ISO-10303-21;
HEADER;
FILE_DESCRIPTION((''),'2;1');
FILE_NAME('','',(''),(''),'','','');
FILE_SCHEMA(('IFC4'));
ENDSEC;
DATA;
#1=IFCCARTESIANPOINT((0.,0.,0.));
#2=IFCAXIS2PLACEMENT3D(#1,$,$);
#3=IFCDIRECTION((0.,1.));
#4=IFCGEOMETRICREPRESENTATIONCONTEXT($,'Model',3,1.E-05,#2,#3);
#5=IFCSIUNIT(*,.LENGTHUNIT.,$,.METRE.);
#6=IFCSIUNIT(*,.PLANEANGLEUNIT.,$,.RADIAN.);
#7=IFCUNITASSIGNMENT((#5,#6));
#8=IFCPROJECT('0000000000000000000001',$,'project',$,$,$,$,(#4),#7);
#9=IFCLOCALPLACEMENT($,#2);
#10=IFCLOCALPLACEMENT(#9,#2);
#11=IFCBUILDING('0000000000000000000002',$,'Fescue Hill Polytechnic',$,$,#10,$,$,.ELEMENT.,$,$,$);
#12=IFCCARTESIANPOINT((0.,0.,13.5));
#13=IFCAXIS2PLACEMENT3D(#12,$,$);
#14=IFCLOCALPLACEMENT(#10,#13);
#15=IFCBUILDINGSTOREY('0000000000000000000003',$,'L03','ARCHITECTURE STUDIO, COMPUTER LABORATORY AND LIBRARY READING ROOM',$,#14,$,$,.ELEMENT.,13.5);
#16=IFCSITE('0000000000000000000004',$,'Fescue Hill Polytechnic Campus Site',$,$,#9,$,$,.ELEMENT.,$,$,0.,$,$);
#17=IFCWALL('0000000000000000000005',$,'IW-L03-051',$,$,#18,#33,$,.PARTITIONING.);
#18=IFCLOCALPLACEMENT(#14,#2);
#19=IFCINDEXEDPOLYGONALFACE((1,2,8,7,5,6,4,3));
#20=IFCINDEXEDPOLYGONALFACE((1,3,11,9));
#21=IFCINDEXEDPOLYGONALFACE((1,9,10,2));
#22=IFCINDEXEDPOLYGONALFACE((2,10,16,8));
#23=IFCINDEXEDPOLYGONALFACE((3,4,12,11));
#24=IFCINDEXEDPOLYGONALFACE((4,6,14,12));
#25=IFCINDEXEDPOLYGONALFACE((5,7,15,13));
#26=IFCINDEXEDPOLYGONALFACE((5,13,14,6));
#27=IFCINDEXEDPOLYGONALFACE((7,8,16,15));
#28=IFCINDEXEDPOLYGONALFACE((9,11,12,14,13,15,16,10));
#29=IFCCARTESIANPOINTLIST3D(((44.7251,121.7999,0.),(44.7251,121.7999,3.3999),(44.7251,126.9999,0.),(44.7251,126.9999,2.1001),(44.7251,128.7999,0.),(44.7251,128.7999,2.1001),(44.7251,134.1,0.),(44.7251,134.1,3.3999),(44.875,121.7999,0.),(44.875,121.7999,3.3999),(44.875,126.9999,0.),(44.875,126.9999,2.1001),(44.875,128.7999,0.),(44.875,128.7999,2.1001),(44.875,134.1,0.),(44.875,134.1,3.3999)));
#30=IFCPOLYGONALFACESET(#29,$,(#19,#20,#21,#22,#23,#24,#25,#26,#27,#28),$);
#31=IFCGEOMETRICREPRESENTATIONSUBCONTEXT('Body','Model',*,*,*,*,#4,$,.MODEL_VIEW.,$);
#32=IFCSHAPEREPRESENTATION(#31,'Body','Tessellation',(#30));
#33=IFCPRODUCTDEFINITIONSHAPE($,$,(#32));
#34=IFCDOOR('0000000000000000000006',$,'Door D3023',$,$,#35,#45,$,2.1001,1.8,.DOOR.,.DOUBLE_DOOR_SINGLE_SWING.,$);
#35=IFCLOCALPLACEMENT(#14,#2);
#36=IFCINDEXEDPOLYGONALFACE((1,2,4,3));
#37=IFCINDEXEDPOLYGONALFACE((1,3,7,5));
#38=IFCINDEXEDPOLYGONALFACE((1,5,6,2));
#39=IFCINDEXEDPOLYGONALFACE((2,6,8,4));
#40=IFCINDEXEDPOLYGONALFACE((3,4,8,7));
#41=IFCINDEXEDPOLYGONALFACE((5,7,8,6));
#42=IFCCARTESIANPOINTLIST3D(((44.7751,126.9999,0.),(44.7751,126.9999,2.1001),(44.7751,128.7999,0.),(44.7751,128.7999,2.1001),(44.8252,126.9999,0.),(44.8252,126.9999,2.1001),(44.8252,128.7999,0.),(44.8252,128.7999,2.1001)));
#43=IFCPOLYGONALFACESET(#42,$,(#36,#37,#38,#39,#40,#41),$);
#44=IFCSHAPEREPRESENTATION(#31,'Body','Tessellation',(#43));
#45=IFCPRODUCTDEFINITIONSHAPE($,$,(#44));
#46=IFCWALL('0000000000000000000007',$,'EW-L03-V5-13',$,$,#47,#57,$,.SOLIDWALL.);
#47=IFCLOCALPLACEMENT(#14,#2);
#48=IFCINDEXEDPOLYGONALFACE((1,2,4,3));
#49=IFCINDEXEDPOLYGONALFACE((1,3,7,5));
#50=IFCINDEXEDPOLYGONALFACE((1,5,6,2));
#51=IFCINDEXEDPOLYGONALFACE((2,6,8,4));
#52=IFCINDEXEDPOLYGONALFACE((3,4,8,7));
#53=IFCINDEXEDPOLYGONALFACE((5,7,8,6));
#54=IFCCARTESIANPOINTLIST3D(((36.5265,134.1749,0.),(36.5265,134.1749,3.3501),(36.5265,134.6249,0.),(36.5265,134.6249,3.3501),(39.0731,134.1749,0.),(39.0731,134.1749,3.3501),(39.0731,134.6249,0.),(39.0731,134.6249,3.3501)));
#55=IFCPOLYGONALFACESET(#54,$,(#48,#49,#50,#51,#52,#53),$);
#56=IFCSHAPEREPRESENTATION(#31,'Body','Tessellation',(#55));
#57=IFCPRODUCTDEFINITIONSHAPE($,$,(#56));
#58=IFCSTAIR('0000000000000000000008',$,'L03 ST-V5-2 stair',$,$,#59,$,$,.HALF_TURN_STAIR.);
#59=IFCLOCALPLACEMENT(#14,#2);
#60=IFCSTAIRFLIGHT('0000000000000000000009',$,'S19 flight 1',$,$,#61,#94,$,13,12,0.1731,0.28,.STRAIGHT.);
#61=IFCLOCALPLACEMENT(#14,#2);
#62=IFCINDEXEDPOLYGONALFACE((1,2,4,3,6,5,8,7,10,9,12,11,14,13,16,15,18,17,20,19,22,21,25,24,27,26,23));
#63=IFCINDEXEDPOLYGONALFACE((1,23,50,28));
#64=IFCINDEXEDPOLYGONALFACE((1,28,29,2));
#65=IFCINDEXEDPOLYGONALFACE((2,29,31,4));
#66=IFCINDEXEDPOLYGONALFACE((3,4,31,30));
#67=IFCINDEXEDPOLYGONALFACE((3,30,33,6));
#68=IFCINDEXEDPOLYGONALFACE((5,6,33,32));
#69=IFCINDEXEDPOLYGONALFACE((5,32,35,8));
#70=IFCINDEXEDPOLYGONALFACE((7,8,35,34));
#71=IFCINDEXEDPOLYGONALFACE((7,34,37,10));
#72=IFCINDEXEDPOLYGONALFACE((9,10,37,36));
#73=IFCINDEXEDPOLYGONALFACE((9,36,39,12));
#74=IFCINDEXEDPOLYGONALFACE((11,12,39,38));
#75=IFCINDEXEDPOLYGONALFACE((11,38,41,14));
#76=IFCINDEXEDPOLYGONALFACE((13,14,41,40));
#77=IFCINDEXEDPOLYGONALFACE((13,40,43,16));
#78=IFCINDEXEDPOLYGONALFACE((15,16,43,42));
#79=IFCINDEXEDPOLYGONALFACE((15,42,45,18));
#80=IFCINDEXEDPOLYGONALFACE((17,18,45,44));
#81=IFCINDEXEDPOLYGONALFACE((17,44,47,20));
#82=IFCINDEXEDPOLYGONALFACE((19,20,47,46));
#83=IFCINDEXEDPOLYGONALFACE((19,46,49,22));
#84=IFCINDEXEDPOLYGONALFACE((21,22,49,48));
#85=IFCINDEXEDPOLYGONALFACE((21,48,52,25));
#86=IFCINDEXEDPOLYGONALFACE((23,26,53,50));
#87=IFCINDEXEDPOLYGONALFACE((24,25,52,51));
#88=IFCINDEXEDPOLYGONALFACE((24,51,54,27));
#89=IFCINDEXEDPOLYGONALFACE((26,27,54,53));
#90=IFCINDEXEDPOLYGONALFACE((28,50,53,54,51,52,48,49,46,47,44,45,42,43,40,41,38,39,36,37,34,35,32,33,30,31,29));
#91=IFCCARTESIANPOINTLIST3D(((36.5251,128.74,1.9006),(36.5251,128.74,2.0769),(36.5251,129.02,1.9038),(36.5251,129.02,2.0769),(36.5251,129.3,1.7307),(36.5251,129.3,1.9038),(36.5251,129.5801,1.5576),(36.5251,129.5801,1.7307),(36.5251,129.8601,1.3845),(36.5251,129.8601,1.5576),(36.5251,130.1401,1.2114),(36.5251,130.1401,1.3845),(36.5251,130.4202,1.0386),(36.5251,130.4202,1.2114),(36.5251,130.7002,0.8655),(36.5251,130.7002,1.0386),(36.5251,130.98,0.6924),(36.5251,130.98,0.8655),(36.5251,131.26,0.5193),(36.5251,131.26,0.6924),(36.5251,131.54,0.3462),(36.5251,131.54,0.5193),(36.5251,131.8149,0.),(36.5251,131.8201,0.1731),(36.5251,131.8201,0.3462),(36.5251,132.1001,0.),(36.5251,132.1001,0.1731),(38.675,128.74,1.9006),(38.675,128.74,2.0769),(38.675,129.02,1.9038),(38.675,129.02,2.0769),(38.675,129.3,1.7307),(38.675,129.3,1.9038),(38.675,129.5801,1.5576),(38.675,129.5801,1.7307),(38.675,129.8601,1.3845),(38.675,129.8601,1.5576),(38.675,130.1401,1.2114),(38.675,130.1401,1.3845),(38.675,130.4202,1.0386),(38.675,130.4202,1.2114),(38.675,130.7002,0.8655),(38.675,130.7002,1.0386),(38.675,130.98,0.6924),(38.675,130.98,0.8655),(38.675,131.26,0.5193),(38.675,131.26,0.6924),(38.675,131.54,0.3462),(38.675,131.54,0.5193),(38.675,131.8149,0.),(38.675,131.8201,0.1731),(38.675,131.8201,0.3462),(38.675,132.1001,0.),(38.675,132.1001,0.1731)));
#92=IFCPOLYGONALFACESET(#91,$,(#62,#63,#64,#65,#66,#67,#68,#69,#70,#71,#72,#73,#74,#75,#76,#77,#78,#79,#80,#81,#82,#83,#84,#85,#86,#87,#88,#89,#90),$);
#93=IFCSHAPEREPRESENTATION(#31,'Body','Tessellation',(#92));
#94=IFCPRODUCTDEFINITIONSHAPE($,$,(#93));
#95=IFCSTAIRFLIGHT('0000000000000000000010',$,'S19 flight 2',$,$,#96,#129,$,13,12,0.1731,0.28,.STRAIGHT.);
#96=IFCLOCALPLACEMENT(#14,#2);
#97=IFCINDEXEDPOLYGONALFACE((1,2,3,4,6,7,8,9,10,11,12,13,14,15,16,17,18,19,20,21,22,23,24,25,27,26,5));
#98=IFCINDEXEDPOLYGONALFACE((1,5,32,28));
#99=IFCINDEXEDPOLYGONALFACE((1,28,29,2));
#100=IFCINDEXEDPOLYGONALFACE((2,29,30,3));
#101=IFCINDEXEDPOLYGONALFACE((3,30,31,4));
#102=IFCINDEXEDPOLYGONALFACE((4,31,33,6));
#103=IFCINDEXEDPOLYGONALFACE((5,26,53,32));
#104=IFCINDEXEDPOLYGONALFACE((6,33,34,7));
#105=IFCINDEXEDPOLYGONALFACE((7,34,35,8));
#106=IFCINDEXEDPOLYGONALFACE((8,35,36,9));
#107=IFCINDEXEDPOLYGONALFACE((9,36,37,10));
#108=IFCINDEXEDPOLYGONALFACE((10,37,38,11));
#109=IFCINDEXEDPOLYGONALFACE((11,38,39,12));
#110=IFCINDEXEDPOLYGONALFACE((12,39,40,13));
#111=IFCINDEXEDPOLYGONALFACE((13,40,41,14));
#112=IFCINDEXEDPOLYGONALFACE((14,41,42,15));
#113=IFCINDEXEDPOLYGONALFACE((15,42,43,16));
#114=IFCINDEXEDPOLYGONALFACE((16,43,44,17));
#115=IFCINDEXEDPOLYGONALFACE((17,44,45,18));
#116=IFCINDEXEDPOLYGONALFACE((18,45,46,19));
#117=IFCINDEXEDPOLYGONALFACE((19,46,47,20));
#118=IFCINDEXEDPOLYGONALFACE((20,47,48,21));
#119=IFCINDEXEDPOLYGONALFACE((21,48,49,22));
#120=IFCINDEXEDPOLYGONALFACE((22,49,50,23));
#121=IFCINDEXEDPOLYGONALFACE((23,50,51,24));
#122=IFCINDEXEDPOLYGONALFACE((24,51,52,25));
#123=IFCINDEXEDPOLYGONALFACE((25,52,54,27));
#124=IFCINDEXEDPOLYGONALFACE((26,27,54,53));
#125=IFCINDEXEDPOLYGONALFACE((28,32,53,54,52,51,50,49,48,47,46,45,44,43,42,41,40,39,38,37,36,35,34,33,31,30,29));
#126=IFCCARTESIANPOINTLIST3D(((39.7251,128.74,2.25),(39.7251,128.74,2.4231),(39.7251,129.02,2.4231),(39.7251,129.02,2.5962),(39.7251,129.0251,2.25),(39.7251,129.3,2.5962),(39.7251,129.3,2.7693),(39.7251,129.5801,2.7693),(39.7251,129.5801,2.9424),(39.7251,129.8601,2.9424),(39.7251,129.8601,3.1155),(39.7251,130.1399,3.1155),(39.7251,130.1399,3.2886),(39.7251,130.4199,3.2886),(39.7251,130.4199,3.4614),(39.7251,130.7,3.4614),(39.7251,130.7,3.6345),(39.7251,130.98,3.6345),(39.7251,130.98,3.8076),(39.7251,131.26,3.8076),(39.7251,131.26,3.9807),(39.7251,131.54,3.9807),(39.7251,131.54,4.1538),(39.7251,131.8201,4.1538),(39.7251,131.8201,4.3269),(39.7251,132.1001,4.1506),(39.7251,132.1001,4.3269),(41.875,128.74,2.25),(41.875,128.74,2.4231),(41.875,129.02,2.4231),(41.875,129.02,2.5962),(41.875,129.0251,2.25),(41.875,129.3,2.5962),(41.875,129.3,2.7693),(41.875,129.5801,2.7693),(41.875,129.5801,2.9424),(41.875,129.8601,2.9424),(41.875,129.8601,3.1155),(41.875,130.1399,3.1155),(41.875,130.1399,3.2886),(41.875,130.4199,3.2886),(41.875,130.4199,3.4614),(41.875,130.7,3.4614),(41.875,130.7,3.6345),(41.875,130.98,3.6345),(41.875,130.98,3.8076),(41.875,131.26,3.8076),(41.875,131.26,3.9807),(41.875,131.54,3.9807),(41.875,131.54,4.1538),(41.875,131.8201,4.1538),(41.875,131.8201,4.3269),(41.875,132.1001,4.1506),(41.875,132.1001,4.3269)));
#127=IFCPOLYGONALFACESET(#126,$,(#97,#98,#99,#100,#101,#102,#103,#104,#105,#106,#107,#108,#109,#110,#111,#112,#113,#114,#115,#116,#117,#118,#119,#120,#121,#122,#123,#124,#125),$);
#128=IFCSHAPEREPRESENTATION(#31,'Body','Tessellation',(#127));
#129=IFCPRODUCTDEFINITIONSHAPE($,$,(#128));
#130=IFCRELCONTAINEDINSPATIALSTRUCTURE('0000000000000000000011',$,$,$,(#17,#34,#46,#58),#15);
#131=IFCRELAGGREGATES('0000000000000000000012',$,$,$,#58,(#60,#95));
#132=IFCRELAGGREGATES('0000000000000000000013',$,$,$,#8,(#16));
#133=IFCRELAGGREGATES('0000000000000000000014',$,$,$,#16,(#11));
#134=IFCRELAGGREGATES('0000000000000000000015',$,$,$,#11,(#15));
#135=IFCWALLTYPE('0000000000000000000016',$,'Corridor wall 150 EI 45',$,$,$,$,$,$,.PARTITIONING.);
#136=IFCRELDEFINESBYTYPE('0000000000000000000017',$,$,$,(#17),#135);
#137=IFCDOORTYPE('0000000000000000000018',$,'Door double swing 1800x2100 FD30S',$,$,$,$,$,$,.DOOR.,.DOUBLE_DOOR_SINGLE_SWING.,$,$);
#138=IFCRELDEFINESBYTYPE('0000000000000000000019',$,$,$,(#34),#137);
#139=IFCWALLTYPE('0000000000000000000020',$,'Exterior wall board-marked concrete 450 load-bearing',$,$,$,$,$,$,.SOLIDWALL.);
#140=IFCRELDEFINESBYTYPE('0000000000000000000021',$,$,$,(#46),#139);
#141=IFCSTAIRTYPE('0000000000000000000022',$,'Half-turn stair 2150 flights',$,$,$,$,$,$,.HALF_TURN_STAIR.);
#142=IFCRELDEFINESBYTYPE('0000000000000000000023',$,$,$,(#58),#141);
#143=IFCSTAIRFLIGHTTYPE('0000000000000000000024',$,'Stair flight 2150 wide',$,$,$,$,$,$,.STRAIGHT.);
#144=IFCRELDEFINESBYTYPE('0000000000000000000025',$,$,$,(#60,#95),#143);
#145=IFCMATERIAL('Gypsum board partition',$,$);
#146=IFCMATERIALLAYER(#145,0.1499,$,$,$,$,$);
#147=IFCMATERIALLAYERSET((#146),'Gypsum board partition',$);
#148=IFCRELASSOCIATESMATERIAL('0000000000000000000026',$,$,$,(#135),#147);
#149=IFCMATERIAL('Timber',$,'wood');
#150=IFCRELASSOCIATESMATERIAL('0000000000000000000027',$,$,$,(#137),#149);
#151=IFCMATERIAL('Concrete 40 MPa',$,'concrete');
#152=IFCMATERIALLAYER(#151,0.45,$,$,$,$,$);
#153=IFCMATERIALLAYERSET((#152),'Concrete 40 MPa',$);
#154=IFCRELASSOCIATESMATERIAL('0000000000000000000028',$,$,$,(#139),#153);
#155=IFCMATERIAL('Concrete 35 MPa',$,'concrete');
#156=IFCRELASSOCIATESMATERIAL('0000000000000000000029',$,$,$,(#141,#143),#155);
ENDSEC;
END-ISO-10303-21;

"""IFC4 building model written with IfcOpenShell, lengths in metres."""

from ifc_helpers import new_model, si_unit, direction, frame, frame_2d, origin, place, context, subcontext, project, spatial, polyline, rectangle, outline, extrude, material, layer, layer_set, type_object, element, fill, aggregate, save


model = new_model("IFC4")

# Units and contexts
model_context = context("Model", 3, precision=1e-05, world=origin(), true_north=direction((0.0, 1.0)))
body_context = subcontext(model_context, "Body", "Model", "MODEL_VIEW")
ifc_project = project(units=[si_unit("LENGTHUNIT", "METRE"), si_unit("PLANEANGLEUNIT", "RADIAN")], contexts=[model_context])

# Site, building, storey
site_placement = place(None, origin())
site = spatial("IfcSite", under=ifc_project, at=site_placement, Name="Fescue Hill Polytechnic Campus Site", CompositionType="ELEMENT", RefElevation=0.0)
building_placement = place(site_placement, origin())
building = spatial("IfcBuilding", under=site, at=building_placement, Name="Fescue Hill Polytechnic", CompositionType="ELEMENT")
storey_placement = place(building_placement, frame((0.0, 0.0, 13.5)))
storey = spatial("IfcBuildingStorey", under=building, at=storey_placement, Name="L03", Description="ARCHITECTURE STUDIO, COMPUTER LABORATORY AND LIBRARY READING ROOM", CompositionType="ELEMENT", Elevation=13.5)

# Shared definitions
ifc_material_1 = material(Name="Concrete 40 MPa", Category="concrete")

# Shared definitions
ifc_material_2 = material(Name="Concrete 35 MPa", Category="concrete")

# Shared definitions
ifc_material_3 = material(Name="Gypsum board partition")
ifc_layer_1 = layer(ifc_material_3, 0.1499)
ifc_layer_set_1 = layer_set([ifc_layer_1], Name="Gypsum board partition")
wall_type_1 = type_object("IfcWallType", Name="Corridor wall 150 EI 45", PredefinedType="PARTITIONING", material=ifc_layer_set_1)
ifc_material_4 = material(Name="Timber", Category="wood")
door_type = type_object("IfcDoorType", Name="Door double swing 1800x2100 FD30S", OperationType="DOUBLE_DOOR_SINGLE_SWING", PredefinedType="DOOR", material=ifc_material_4)

# Wall, opening, door
wall_1_placement = place(storey_placement, frame((44.8, 121.8, 0.0), z_axis=(0.0, 0.0, 1.0), x_axis=(0.0, 1.0, 0.0)))
wall_1 = element("IfcWall", 1, at=wall_1_placement, inside=storey, type_object=wall_type_1, Name="IW-L03-051", PredefinedType="PARTITIONING", context=body_context, shape_type="SweptSolid", body=[
    extrude(rectangle(XDim=12.3, YDim=0.1499, at=frame_2d((6.1499, 0.0))), origin(), (0.0, 0.0, 1.0), 3.3999),
])
opening_1_placement = place(wall_1_placement, frame((5.2, 0.0, 0.0)))
opening_1 = element("IfcOpeningElement", 2, at=opening_1_placement, cuts=wall_1, PredefinedType="OPENING", context=body_context, shape_type="SweptSolid", body=[
    extrude(rectangle(XDim=1.8, YDim=2.1001, at=frame_2d((0.8999, 1.05))), frame((0.0, 0.085, 0.0), z_axis=(0.0, -1.0, 0.0), x_axis=(1.0, 0.0, 0.0)), (0.0, 0.0, 1.0), 0.1699),
])
door_1_placement = place(opening_1_placement, origin())
door_1 = element("IfcDoor", 3, at=door_1_placement, inside=storey, type_object=door_type, Name="Door D3023", OperationType="DOUBLE_DOOR_SINGLE_SWING", OverallHeight=2.1001, OverallWidth=1.8, PredefinedType="DOOR", context=body_context, shape_type="SweptSolid", body=[
    extrude(rectangle(XDim=1.8, YDim=2.1001, at=frame_2d((0.8999, 1.05))), frame((0.0, 0.0249, 0.0), z_axis=(0.0, -1.0, 0.0), x_axis=(1.0, 0.0, 0.0)), (0.0, 0.0, 1.0), 0.05),
])
fill(opening_1, door_1)

# Wall
ifc_layer_2 = layer(ifc_material_1, 0.45)
ifc_layer_set_2 = layer_set([ifc_layer_2], Name="Concrete 40 MPa")
wall_type_2 = type_object("IfcWallType", Name="Exterior wall board-marked concrete 450 load-bearing", PredefinedType="SOLIDWALL", material=ifc_layer_set_2)
wall_2_placement = place(storey_placement, frame((39.0732, 134.3999, 0.0), z_axis=(0.0, 0.0, 1.0), x_axis=(-1.0, 0.0, 0.0)))
element("IfcWall", 4, at=wall_2_placement, inside=storey, type_object=wall_type_2, Name="EW-L03-V5-13", PredefinedType="SOLIDWALL", context=body_context, shape_type="SweptSolid", body=[
    extrude(rectangle(XDim=2.5466, YDim=0.45, at=frame_2d((1.2734, 0.0))), origin(), (0.0, 0.0, 1.0), 3.3501),
])

# Stair, stair flights
stair_type = type_object("IfcStairType", Name="Half-turn stair 2150 flights", PredefinedType="HALF_TURN_STAIR", material=ifc_material_2)
stair_placement = place(storey_placement, origin())
stair = element("IfcStair", 5, at=stair_placement, inside=storey, type_object=stair_type, Name="L03 ST-V5-2 stair", PredefinedType="HALF_TURN_STAIR")
stair_flight_type = type_object("IfcStairFlightType", Name="Stair flight 2150 wide", PredefinedType="STRAIGHT", material=ifc_material_2)
stair_flight_1_placement = place(storey_placement, frame((37.6001, 132.1001, 0.0), z_axis=(0.0, 0.0, 1.0), x_axis=(0.0, -1.0, 0.0)))
stair_flight_1 = element("IfcStairFlight", 6, at=stair_flight_1_placement, type_object=stair_flight_type, Name="S19 flight 1", NumberOfRisers=13, NumberOfTreads=12, PredefinedType="STRAIGHT", RiserHeight=0.1731, TreadLength=0.28, context=body_context, shape_type="SweptSolid", body=[
    extrude(outline(polyline([(0.0, 0.0), (0.0, 0.1731), (0.28, 0.1731), (0.28, 0.3462), (0.5601, 0.3462), (0.5601, 0.5193), (0.8401, 0.5193), (0.8401, 0.6924), (1.1201, 0.6924), (1.1201, 0.8655), (1.3999, 0.8655), (1.3999, 1.0386), (1.6799, 1.0386), (1.6799, 1.2114), (1.96, 1.2114), (1.96, 1.3845), (2.24, 1.3845), (2.24, 1.5576), (2.52, 1.5576), (2.52, 1.7307), (2.8, 1.7307), (2.8, 1.9038), (3.0801, 1.9038), (3.0801, 2.0769), (3.3601, 2.0769), (3.3601, 2.25), (3.3601, 1.9006), (0.2852, 0.0), (0.0, 0.0)])), frame((0.0, 1.075, 0.0), z_axis=(0.0, -1.0, 0.0), x_axis=(1.0, 0.0, 0.0)), (0.0, 0.0, 1.0), 2.1499),
])
stair_flight_2_placement = place(storey_placement, frame((40.8, 128.74, 2.25), z_axis=(0.0, 0.0, 1.0), x_axis=(0.0, 1.0, 0.0)))
stair_flight_2 = element("IfcStairFlight", 7, at=stair_flight_2_placement, type_object=stair_flight_type, Name="S19 flight 2", NumberOfRisers=13, NumberOfTreads=12, PredefinedType="STRAIGHT", RiserHeight=0.1731, TreadLength=0.28, context=body_context, shape_type="SweptSolid", body=[
    extrude(outline(polyline([(0.0, 0.0), (0.0, 0.1731), (0.28, 0.1731), (0.28, 0.3462), (0.5601, 0.3462), (0.5601, 0.5193), (0.8401, 0.5193), (0.8401, 0.6924), (1.1201, 0.6924), (1.1201, 0.8655), (1.3999, 0.8655), (1.3999, 1.0386), (1.6799, 1.0386), (1.6799, 1.2114), (1.96, 1.2114), (1.96, 1.3845), (2.24, 1.3845), (2.24, 1.5576), (2.52, 1.5576), (2.52, 1.7307), (2.8, 1.7307), (2.8, 1.9038), (3.0801, 1.9038), (3.0801, 2.0769), (3.3601, 2.0769), (3.3601, 2.25), (3.3601, 1.9006), (0.2852, 0.0), (0.0, 0.0)])), frame((0.0, 1.075, 0.0), z_axis=(0.0, -1.0, 0.0), x_axis=(1.0, 0.0, 0.0)), (0.0, 0.0, 1.0), 2.1499),
])
aggregate(stair, [stair_flight_1, stair_flight_2])

save(model, "model.ifc")
